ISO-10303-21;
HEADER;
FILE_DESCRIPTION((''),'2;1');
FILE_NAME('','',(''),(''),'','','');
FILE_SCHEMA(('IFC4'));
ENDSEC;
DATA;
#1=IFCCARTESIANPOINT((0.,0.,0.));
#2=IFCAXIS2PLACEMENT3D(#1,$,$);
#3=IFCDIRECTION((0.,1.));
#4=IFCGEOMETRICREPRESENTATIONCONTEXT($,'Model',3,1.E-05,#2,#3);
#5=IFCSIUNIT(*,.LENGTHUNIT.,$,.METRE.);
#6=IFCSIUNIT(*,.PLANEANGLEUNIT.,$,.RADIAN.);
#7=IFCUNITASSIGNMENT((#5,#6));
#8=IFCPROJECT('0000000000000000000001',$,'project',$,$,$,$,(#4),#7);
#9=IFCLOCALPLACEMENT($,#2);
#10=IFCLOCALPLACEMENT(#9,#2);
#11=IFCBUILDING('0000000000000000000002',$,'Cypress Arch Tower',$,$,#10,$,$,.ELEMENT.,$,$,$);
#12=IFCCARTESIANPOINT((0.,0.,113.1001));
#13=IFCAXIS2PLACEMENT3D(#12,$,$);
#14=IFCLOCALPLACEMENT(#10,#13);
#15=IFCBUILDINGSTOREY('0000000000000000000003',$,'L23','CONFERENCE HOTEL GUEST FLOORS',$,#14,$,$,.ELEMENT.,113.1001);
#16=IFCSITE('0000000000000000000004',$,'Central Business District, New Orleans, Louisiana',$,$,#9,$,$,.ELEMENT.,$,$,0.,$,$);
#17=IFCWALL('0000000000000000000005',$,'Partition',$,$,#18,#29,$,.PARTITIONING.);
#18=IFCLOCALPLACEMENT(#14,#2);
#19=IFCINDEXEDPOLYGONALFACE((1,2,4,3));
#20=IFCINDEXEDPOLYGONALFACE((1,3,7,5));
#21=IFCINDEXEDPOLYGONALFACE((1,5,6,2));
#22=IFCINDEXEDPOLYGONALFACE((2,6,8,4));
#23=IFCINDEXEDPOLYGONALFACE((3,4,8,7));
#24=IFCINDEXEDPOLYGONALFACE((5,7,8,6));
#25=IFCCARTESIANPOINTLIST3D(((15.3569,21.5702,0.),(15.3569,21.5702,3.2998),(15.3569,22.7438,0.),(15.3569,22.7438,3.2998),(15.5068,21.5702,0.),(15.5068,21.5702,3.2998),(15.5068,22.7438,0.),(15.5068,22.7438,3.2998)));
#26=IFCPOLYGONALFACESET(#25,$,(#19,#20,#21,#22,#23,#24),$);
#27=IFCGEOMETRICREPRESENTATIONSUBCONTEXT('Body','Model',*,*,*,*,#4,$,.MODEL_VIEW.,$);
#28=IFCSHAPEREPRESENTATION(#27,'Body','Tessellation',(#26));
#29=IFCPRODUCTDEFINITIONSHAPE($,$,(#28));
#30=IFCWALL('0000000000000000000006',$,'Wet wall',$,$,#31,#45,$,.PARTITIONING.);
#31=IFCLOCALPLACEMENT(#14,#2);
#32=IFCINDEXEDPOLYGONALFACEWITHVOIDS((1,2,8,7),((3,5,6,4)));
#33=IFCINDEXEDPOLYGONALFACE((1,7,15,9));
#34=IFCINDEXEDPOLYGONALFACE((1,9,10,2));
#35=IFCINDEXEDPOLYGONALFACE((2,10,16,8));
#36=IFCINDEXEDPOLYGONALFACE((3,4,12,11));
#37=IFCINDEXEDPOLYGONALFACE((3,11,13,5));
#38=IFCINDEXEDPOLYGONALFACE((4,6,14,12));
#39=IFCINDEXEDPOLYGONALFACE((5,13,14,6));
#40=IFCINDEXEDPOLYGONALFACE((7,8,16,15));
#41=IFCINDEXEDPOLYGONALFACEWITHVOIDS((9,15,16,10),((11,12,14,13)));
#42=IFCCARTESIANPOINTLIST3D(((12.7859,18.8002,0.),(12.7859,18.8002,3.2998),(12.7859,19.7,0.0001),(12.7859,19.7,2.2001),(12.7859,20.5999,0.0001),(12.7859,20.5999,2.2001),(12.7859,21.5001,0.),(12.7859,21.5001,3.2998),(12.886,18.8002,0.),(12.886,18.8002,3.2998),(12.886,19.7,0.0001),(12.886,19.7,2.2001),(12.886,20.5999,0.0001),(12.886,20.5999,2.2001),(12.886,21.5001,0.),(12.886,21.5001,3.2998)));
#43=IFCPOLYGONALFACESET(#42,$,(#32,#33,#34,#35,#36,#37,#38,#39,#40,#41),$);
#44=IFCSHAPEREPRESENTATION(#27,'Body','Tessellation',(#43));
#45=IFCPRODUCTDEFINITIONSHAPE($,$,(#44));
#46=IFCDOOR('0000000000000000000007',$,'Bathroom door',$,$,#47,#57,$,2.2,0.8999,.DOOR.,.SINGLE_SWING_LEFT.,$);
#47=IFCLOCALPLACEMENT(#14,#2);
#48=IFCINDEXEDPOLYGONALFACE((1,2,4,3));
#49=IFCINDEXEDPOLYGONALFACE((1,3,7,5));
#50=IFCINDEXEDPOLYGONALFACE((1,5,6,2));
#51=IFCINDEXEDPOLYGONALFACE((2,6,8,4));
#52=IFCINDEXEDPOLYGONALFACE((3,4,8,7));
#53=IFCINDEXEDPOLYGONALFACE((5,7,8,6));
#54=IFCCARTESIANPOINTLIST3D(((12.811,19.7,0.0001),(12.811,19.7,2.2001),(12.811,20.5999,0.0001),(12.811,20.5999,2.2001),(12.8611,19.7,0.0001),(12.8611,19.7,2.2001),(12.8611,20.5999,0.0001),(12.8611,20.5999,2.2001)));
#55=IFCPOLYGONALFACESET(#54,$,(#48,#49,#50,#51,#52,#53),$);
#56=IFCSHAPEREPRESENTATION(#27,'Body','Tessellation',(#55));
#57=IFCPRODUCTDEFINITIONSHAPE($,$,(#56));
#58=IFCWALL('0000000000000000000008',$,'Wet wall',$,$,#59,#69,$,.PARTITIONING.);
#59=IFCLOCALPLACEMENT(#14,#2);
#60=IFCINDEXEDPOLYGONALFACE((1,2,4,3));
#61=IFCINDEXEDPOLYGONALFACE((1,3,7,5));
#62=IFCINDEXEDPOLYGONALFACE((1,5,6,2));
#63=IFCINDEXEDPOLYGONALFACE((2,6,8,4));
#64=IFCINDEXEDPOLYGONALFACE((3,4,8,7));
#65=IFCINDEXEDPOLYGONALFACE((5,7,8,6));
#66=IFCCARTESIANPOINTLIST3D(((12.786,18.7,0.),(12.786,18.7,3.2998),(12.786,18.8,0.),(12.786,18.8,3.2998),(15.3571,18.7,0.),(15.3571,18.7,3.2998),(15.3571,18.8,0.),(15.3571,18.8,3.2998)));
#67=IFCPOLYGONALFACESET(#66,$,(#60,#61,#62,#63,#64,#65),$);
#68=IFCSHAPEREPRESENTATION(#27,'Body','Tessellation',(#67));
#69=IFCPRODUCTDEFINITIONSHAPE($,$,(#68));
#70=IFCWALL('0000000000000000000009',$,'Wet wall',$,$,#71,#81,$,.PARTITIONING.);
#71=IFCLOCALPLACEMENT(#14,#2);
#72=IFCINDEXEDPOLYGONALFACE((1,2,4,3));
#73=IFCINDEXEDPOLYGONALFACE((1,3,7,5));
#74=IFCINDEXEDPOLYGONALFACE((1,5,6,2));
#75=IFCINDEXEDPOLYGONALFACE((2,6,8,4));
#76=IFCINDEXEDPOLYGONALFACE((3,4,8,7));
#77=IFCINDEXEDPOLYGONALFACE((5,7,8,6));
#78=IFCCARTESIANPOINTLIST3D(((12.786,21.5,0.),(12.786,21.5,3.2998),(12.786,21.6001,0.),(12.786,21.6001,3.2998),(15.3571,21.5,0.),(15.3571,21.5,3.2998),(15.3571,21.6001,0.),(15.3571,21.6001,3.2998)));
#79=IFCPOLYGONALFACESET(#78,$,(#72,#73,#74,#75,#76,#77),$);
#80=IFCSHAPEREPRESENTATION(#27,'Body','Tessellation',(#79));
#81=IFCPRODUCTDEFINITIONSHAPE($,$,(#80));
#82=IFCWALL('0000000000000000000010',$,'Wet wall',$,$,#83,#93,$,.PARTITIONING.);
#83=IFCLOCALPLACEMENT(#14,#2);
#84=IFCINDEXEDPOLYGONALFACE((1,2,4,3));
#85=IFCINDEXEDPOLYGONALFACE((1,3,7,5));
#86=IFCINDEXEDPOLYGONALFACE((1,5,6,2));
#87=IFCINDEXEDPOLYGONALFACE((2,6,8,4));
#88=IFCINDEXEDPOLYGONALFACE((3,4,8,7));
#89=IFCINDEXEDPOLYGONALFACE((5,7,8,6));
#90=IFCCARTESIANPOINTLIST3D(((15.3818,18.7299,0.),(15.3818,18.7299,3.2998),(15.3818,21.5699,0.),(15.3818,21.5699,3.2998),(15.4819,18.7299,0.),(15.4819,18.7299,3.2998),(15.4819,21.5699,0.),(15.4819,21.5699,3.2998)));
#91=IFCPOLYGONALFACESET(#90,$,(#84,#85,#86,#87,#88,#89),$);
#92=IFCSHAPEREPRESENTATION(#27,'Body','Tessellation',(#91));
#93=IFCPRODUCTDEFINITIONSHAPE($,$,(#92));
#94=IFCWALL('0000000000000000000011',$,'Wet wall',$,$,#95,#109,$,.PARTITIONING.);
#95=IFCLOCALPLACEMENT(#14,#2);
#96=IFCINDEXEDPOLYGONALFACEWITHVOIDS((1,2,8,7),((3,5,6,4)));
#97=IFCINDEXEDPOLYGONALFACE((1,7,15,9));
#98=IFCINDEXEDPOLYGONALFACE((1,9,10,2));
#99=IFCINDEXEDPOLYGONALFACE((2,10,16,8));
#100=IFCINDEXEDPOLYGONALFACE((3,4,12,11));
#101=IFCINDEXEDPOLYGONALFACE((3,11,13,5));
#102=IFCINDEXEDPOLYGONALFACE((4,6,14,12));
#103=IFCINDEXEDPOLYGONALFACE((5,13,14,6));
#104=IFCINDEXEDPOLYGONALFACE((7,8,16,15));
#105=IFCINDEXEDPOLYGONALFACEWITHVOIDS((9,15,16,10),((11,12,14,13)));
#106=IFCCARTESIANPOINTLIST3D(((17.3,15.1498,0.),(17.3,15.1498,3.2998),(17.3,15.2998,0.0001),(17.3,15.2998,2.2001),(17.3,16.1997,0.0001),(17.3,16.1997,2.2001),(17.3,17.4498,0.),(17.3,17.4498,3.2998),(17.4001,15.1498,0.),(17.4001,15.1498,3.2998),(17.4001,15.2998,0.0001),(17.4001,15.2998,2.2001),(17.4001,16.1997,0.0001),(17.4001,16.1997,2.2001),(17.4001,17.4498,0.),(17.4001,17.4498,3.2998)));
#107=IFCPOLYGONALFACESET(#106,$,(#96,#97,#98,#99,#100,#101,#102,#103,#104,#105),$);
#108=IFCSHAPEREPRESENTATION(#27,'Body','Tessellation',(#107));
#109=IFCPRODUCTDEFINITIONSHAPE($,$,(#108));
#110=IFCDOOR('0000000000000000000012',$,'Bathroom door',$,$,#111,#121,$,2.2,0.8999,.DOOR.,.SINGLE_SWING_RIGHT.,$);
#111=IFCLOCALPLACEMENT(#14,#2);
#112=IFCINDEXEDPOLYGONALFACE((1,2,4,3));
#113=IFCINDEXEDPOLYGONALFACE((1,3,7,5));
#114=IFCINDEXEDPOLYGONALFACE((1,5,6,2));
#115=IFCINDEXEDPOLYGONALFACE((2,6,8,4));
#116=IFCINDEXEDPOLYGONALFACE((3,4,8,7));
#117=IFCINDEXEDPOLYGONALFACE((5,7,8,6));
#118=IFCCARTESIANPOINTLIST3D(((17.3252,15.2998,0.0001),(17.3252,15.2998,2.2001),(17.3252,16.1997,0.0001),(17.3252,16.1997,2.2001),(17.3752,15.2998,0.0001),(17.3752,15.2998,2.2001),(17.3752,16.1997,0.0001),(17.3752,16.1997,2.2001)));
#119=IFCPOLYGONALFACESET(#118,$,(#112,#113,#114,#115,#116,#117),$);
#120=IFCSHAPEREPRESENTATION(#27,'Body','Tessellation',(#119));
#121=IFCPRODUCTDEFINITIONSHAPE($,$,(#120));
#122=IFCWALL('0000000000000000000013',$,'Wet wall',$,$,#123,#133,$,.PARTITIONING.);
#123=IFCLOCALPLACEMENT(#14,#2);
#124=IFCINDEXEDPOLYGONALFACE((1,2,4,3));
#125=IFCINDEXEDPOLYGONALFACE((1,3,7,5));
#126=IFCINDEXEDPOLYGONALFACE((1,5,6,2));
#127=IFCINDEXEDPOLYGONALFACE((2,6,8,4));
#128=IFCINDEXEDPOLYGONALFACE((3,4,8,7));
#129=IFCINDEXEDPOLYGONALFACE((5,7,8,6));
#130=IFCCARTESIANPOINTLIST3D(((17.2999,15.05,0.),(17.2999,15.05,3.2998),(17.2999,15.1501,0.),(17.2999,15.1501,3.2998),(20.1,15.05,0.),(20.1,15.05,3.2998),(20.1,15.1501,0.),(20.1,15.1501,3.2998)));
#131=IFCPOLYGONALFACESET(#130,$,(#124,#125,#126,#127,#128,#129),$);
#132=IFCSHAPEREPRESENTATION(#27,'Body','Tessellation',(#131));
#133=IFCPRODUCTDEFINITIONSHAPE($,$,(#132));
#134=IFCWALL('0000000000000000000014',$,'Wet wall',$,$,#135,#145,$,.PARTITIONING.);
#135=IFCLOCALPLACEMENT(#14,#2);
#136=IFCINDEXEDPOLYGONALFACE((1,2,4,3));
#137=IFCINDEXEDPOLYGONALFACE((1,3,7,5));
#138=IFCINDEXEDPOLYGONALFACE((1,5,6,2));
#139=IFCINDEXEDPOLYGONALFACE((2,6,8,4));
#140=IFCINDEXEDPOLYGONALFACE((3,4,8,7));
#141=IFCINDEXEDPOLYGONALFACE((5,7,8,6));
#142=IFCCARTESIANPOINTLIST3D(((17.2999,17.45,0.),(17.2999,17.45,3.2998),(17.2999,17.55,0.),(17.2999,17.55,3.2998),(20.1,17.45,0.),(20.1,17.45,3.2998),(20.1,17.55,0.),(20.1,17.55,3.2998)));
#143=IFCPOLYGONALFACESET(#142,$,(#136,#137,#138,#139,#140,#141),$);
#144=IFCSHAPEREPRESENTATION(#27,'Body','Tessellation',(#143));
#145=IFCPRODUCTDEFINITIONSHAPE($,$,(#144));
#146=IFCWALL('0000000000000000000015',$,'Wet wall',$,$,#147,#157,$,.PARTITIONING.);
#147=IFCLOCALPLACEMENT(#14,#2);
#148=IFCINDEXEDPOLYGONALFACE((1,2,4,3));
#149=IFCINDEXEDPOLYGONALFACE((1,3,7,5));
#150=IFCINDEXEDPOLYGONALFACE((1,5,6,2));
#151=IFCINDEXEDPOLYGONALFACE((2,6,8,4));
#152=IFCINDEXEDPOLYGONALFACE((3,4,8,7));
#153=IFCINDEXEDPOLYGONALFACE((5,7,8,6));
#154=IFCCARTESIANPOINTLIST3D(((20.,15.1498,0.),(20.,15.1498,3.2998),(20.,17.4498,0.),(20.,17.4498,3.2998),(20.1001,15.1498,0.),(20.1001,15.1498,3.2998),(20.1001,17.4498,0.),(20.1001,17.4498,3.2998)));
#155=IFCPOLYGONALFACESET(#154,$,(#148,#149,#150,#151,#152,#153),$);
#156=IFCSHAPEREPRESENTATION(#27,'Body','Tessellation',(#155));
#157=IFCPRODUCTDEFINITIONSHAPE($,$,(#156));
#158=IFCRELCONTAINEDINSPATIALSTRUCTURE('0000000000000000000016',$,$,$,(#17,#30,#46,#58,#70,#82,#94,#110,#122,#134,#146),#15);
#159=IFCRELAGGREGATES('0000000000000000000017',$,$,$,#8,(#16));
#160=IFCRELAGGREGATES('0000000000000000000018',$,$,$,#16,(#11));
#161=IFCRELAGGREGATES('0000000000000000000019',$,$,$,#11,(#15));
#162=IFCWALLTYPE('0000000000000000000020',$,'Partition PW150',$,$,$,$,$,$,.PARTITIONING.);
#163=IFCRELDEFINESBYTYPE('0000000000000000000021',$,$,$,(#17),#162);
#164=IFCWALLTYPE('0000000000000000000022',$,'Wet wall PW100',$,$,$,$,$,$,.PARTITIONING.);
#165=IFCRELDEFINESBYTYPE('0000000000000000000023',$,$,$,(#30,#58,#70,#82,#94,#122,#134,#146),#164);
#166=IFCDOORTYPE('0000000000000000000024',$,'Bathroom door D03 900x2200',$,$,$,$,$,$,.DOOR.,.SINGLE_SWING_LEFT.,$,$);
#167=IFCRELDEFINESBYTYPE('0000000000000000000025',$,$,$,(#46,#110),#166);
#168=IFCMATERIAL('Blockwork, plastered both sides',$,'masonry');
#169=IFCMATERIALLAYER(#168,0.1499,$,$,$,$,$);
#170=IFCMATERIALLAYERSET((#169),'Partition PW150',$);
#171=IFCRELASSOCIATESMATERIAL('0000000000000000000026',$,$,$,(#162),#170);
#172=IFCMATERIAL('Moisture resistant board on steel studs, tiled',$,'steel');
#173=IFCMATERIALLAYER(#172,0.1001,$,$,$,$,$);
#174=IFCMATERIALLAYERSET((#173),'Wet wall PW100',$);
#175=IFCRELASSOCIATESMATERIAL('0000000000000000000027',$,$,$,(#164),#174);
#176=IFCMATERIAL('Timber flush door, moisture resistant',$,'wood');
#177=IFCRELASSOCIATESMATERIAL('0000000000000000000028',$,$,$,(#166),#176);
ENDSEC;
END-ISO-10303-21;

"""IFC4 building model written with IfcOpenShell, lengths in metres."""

from ifc_helpers import new_model, si_unit, direction, frame, frame_2d, origin, place, context, subcontext, project, spatial, rectangle, extrude, material, layer, layer_set, type_object, element, fill, save


model = new_model("IFC4")

# Units and contexts
model_context = context("Model", 3, precision=1e-05, world=origin(), true_north=direction((0.0, 1.0)))
body_context = subcontext(model_context, "Body", "Model", "MODEL_VIEW")
ifc_project = project(units=[si_unit("LENGTHUNIT", "METRE"), si_unit("PLANEANGLEUNIT", "RADIAN")], contexts=[model_context])

# Site, building, storey
site_placement = place(None, origin())
site = spatial("IfcSite", under=ifc_project, at=site_placement, Name="Central Business District, New Orleans, Louisiana", CompositionType="ELEMENT", RefElevation=0.0)
building_placement = place(site_placement, origin())
building = spatial("IfcBuilding", under=site, at=building_placement, Name="Cypress Arch Tower", CompositionType="ELEMENT")
storey_placement = place(building_placement, frame((0.0, 0.0, 113.1001)))
storey = spatial("IfcBuildingStorey", under=building, at=storey_placement, Name="L23", Description="CONFERENCE HOTEL GUEST FLOORS", CompositionType="ELEMENT", Elevation=113.1001)

# Wall
ifc_material_1 = material(Name="Blockwork, plastered both sides", Category="masonry")
ifc_layer_1 = layer(ifc_material_1, 0.1499)
ifc_layer_set_1 = layer_set([ifc_layer_1], Name="Partition PW150")
wall_type_1 = type_object("IfcWallType", Name="Partition PW150", PredefinedType="PARTITIONING", material=ifc_layer_set_1)
wall_1_placement = place(storey_placement, frame((15.4319, 21.5701, 0.0), z_axis=(0.0, 0.0, 1.0), x_axis=(0.0, 1.0, 0.0)))
element("IfcWall", 1, at=wall_1_placement, inside=storey, type_object=wall_type_1, Name="Partition", PredefinedType="PARTITIONING", context=body_context, shape_type="SweptSolid", body=[
    extrude(rectangle(XDim=1.1736, YDim=0.1499, at=frame_2d((0.5869, 0.0))), origin(), (0.0, 0.0, 1.0), 3.2998),
])

# Wall, opening, door
ifc_material_2 = material(Name="Moisture resistant board on steel studs, tiled", Category="steel")
ifc_layer_2 = layer(ifc_material_2, 0.1001)
ifc_layer_set_2 = layer_set([ifc_layer_2], Name="Wet wall PW100")
wall_type_2 = type_object("IfcWallType", Name="Wet wall PW100", PredefinedType="PARTITIONING", material=ifc_layer_set_2)
wall_2_placement = place(storey_placement, frame((12.8359, 18.8, 0.0), z_axis=(0.0, 0.0, 1.0), x_axis=(0.0, 1.0, 0.0)))
wall_2 = element("IfcWall", 2, at=wall_2_placement, inside=storey, type_object=wall_type_2, Name="Wet wall", PredefinedType="PARTITIONING", context=body_context, shape_type="SweptSolid", body=[
    extrude(rectangle(XDim=2.7, YDim=0.1001, at=frame_2d((1.3501, 0.0))), origin(), (0.0, 0.0, 1.0), 3.2998),
])
opening_1_placement = place(wall_2_placement, frame((0.8999, 0.0, 0.0)))
opening_1 = element("IfcOpeningElement", 3, at=opening_1_placement, cuts=wall_2, PredefinedType="OPENING", context=body_context, shape_type="SweptSolid", body=[
    extrude(rectangle(XDim=0.8999, YDim=2.2, at=frame_2d((0.45, 1.1001))), frame((0.0, 0.0601, 0.0), z_axis=(0.0, -1.0, 0.0), x_axis=(1.0, 0.0, 0.0)), (0.0, 0.0, 1.0), 0.1201),
])
ifc_material_3 = material(Name="Timber flush door, moisture resistant", Category="wood")
door_type_1 = type_object("IfcDoorType", Name="Bathroom door D03 900x2200", OperationType="SINGLE_SWING_LEFT", PredefinedType="DOOR", material=ifc_material_3)
door_1_placement = place(opening_1_placement, origin())
door_1 = element("IfcDoor", 4, at=door_1_placement, inside=storey, type_object=door_type_1, Name="Bathroom door", OperationType="SINGLE_SWING_LEFT", OverallHeight=2.2, OverallWidth=0.8999, PredefinedType="DOOR", context=body_context, shape_type="SweptSolid", body=[
    extrude(rectangle(XDim=0.8999, YDim=2.2, at=frame_2d((0.45, 1.1001))), frame((0.0, 0.0249, 0.0), z_axis=(0.0, -1.0, 0.0), x_axis=(1.0, 0.0, 0.0)), (0.0, 0.0, 1.0), 0.05),
])
fill(opening_1, door_1)

# Walls
for number, where, z_axis, x_axis, name in (
    (5, (12.7859, 18.75, 0.0), (0.0, 0.0, 1.0), (1.0, 0.0, 0.0), "Wet wall"),
    (6, (12.7859, 21.55, 0.0), (0.0, 0.0, 1.0), (1.0, 0.0, 0.0), "Wet wall"),
):
    element("IfcWall", number, at=place(storey_placement, frame(where, z_axis=z_axis, x_axis=x_axis)), inside=storey, type_object=wall_type_2, Name=name, PredefinedType="PARTITIONING", context=body_context, shape_type="SweptSolid", body=[
        extrude(rectangle(XDim=2.571, YDim=0.1001, at=frame_2d((1.2856, 0.0))), origin(), (0.0, 0.0, 1.0), 3.2998),
    ])
wall_3_placement = place(storey_placement, frame((15.4319, 18.73, 0.0), z_axis=(0.0, 0.0, 1.0), x_axis=(0.0, 1.0, 0.0)))
element("IfcWall", 7, at=wall_3_placement, inside=storey, type_object=wall_type_2, Name="Wet wall", PredefinedType="PARTITIONING", context=body_context, shape_type="SweptSolid", body=[
    extrude(rectangle(XDim=2.8401, YDim=0.1001, at=frame_2d((1.4199, 0.0))), origin(), (0.0, 0.0, 1.0), 3.2998),
])

# Wall, opening, door
wall_4_placement = place(storey_placement, frame((17.3501, 15.1499, 0.0), z_axis=(0.0, 0.0, 1.0), x_axis=(0.0, 1.0, 0.0)))
wall_4 = element("IfcWall", 8, at=wall_4_placement, inside=storey, type_object=wall_type_2, Name="Wet wall", PredefinedType="PARTITIONING", context=body_context, shape_type="SweptSolid", body=[
    extrude(rectangle(XDim=2.3, YDim=0.1001, at=frame_2d((1.1499, 0.0))), origin(), (0.0, 0.0, 1.0), 3.2998),
])
opening_2_placement = place(wall_4_placement, frame((0.1499, 0.0, 0.0)))
opening_2 = element("IfcOpeningElement", 9, at=opening_2_placement, cuts=wall_4, PredefinedType="OPENING", context=body_context, shape_type="SweptSolid", body=[
    extrude(rectangle(XDim=0.8999, YDim=2.2, at=frame_2d((0.45, 1.1001))), frame((0.0, 0.0601, 0.0), z_axis=(0.0, -1.0, 0.0), x_axis=(1.0, 0.0, 0.0)), (0.0, 0.0, 1.0), 0.1201),
])
door_2_placement = place(opening_2_placement, origin())
door_2 = element("IfcDoor", 10, at=door_2_placement, inside=storey, type_object=door_type_1, Name="Bathroom door", OperationType="SINGLE_SWING_RIGHT", OverallHeight=2.2, OverallWidth=0.8999, PredefinedType="DOOR", context=body_context, shape_type="SweptSolid", body=[
    extrude(rectangle(XDim=0.8999, YDim=2.2, at=frame_2d((0.45, 1.1001))), frame((0.0, 0.0249, 0.0), z_axis=(0.0, -1.0, 0.0), x_axis=(1.0, 0.0, 0.0)), (0.0, 0.0, 1.0), 0.05),
])
fill(opening_2, door_2)

# Walls
for number, where, z_axis, x_axis, name in (
    (11, (17.3, 15.1001, 0.0), (0.0, 0.0, 1.0), (1.0, 0.0, 0.0), "Wet wall"),
    (12, (17.3, 17.5, 0.0), (0.0, 0.0, 1.0), (1.0, 0.0, 0.0), "Wet wall"),
):
    element("IfcWall", number, at=place(storey_placement, frame(where, z_axis=z_axis, x_axis=x_axis)), inside=storey, type_object=wall_type_2, Name=name, PredefinedType="PARTITIONING", context=body_context, shape_type="SweptSolid", body=[
        extrude(rectangle(XDim=2.8, YDim=0.1001, at=frame_2d((1.3999, 0.0))), origin(), (0.0, 0.0, 1.0), 3.2998),
    ])
wall_5_placement = place(storey_placement, frame((20.05, 15.1499, 0.0), z_axis=(0.0, 0.0, 1.0), x_axis=(0.0, 1.0, 0.0)))
element("IfcWall", 13, at=wall_5_placement, inside=storey, type_object=wall_type_2, Name="Wet wall", PredefinedType="PARTITIONING", context=body_context, shape_type="SweptSolid", body=[
    extrude(rectangle(XDim=2.3, YDim=0.1001, at=frame_2d((1.1499, 0.0))), origin(), (0.0, 0.0, 1.0), 3.2998),
])

save(model, "model.ifc")
